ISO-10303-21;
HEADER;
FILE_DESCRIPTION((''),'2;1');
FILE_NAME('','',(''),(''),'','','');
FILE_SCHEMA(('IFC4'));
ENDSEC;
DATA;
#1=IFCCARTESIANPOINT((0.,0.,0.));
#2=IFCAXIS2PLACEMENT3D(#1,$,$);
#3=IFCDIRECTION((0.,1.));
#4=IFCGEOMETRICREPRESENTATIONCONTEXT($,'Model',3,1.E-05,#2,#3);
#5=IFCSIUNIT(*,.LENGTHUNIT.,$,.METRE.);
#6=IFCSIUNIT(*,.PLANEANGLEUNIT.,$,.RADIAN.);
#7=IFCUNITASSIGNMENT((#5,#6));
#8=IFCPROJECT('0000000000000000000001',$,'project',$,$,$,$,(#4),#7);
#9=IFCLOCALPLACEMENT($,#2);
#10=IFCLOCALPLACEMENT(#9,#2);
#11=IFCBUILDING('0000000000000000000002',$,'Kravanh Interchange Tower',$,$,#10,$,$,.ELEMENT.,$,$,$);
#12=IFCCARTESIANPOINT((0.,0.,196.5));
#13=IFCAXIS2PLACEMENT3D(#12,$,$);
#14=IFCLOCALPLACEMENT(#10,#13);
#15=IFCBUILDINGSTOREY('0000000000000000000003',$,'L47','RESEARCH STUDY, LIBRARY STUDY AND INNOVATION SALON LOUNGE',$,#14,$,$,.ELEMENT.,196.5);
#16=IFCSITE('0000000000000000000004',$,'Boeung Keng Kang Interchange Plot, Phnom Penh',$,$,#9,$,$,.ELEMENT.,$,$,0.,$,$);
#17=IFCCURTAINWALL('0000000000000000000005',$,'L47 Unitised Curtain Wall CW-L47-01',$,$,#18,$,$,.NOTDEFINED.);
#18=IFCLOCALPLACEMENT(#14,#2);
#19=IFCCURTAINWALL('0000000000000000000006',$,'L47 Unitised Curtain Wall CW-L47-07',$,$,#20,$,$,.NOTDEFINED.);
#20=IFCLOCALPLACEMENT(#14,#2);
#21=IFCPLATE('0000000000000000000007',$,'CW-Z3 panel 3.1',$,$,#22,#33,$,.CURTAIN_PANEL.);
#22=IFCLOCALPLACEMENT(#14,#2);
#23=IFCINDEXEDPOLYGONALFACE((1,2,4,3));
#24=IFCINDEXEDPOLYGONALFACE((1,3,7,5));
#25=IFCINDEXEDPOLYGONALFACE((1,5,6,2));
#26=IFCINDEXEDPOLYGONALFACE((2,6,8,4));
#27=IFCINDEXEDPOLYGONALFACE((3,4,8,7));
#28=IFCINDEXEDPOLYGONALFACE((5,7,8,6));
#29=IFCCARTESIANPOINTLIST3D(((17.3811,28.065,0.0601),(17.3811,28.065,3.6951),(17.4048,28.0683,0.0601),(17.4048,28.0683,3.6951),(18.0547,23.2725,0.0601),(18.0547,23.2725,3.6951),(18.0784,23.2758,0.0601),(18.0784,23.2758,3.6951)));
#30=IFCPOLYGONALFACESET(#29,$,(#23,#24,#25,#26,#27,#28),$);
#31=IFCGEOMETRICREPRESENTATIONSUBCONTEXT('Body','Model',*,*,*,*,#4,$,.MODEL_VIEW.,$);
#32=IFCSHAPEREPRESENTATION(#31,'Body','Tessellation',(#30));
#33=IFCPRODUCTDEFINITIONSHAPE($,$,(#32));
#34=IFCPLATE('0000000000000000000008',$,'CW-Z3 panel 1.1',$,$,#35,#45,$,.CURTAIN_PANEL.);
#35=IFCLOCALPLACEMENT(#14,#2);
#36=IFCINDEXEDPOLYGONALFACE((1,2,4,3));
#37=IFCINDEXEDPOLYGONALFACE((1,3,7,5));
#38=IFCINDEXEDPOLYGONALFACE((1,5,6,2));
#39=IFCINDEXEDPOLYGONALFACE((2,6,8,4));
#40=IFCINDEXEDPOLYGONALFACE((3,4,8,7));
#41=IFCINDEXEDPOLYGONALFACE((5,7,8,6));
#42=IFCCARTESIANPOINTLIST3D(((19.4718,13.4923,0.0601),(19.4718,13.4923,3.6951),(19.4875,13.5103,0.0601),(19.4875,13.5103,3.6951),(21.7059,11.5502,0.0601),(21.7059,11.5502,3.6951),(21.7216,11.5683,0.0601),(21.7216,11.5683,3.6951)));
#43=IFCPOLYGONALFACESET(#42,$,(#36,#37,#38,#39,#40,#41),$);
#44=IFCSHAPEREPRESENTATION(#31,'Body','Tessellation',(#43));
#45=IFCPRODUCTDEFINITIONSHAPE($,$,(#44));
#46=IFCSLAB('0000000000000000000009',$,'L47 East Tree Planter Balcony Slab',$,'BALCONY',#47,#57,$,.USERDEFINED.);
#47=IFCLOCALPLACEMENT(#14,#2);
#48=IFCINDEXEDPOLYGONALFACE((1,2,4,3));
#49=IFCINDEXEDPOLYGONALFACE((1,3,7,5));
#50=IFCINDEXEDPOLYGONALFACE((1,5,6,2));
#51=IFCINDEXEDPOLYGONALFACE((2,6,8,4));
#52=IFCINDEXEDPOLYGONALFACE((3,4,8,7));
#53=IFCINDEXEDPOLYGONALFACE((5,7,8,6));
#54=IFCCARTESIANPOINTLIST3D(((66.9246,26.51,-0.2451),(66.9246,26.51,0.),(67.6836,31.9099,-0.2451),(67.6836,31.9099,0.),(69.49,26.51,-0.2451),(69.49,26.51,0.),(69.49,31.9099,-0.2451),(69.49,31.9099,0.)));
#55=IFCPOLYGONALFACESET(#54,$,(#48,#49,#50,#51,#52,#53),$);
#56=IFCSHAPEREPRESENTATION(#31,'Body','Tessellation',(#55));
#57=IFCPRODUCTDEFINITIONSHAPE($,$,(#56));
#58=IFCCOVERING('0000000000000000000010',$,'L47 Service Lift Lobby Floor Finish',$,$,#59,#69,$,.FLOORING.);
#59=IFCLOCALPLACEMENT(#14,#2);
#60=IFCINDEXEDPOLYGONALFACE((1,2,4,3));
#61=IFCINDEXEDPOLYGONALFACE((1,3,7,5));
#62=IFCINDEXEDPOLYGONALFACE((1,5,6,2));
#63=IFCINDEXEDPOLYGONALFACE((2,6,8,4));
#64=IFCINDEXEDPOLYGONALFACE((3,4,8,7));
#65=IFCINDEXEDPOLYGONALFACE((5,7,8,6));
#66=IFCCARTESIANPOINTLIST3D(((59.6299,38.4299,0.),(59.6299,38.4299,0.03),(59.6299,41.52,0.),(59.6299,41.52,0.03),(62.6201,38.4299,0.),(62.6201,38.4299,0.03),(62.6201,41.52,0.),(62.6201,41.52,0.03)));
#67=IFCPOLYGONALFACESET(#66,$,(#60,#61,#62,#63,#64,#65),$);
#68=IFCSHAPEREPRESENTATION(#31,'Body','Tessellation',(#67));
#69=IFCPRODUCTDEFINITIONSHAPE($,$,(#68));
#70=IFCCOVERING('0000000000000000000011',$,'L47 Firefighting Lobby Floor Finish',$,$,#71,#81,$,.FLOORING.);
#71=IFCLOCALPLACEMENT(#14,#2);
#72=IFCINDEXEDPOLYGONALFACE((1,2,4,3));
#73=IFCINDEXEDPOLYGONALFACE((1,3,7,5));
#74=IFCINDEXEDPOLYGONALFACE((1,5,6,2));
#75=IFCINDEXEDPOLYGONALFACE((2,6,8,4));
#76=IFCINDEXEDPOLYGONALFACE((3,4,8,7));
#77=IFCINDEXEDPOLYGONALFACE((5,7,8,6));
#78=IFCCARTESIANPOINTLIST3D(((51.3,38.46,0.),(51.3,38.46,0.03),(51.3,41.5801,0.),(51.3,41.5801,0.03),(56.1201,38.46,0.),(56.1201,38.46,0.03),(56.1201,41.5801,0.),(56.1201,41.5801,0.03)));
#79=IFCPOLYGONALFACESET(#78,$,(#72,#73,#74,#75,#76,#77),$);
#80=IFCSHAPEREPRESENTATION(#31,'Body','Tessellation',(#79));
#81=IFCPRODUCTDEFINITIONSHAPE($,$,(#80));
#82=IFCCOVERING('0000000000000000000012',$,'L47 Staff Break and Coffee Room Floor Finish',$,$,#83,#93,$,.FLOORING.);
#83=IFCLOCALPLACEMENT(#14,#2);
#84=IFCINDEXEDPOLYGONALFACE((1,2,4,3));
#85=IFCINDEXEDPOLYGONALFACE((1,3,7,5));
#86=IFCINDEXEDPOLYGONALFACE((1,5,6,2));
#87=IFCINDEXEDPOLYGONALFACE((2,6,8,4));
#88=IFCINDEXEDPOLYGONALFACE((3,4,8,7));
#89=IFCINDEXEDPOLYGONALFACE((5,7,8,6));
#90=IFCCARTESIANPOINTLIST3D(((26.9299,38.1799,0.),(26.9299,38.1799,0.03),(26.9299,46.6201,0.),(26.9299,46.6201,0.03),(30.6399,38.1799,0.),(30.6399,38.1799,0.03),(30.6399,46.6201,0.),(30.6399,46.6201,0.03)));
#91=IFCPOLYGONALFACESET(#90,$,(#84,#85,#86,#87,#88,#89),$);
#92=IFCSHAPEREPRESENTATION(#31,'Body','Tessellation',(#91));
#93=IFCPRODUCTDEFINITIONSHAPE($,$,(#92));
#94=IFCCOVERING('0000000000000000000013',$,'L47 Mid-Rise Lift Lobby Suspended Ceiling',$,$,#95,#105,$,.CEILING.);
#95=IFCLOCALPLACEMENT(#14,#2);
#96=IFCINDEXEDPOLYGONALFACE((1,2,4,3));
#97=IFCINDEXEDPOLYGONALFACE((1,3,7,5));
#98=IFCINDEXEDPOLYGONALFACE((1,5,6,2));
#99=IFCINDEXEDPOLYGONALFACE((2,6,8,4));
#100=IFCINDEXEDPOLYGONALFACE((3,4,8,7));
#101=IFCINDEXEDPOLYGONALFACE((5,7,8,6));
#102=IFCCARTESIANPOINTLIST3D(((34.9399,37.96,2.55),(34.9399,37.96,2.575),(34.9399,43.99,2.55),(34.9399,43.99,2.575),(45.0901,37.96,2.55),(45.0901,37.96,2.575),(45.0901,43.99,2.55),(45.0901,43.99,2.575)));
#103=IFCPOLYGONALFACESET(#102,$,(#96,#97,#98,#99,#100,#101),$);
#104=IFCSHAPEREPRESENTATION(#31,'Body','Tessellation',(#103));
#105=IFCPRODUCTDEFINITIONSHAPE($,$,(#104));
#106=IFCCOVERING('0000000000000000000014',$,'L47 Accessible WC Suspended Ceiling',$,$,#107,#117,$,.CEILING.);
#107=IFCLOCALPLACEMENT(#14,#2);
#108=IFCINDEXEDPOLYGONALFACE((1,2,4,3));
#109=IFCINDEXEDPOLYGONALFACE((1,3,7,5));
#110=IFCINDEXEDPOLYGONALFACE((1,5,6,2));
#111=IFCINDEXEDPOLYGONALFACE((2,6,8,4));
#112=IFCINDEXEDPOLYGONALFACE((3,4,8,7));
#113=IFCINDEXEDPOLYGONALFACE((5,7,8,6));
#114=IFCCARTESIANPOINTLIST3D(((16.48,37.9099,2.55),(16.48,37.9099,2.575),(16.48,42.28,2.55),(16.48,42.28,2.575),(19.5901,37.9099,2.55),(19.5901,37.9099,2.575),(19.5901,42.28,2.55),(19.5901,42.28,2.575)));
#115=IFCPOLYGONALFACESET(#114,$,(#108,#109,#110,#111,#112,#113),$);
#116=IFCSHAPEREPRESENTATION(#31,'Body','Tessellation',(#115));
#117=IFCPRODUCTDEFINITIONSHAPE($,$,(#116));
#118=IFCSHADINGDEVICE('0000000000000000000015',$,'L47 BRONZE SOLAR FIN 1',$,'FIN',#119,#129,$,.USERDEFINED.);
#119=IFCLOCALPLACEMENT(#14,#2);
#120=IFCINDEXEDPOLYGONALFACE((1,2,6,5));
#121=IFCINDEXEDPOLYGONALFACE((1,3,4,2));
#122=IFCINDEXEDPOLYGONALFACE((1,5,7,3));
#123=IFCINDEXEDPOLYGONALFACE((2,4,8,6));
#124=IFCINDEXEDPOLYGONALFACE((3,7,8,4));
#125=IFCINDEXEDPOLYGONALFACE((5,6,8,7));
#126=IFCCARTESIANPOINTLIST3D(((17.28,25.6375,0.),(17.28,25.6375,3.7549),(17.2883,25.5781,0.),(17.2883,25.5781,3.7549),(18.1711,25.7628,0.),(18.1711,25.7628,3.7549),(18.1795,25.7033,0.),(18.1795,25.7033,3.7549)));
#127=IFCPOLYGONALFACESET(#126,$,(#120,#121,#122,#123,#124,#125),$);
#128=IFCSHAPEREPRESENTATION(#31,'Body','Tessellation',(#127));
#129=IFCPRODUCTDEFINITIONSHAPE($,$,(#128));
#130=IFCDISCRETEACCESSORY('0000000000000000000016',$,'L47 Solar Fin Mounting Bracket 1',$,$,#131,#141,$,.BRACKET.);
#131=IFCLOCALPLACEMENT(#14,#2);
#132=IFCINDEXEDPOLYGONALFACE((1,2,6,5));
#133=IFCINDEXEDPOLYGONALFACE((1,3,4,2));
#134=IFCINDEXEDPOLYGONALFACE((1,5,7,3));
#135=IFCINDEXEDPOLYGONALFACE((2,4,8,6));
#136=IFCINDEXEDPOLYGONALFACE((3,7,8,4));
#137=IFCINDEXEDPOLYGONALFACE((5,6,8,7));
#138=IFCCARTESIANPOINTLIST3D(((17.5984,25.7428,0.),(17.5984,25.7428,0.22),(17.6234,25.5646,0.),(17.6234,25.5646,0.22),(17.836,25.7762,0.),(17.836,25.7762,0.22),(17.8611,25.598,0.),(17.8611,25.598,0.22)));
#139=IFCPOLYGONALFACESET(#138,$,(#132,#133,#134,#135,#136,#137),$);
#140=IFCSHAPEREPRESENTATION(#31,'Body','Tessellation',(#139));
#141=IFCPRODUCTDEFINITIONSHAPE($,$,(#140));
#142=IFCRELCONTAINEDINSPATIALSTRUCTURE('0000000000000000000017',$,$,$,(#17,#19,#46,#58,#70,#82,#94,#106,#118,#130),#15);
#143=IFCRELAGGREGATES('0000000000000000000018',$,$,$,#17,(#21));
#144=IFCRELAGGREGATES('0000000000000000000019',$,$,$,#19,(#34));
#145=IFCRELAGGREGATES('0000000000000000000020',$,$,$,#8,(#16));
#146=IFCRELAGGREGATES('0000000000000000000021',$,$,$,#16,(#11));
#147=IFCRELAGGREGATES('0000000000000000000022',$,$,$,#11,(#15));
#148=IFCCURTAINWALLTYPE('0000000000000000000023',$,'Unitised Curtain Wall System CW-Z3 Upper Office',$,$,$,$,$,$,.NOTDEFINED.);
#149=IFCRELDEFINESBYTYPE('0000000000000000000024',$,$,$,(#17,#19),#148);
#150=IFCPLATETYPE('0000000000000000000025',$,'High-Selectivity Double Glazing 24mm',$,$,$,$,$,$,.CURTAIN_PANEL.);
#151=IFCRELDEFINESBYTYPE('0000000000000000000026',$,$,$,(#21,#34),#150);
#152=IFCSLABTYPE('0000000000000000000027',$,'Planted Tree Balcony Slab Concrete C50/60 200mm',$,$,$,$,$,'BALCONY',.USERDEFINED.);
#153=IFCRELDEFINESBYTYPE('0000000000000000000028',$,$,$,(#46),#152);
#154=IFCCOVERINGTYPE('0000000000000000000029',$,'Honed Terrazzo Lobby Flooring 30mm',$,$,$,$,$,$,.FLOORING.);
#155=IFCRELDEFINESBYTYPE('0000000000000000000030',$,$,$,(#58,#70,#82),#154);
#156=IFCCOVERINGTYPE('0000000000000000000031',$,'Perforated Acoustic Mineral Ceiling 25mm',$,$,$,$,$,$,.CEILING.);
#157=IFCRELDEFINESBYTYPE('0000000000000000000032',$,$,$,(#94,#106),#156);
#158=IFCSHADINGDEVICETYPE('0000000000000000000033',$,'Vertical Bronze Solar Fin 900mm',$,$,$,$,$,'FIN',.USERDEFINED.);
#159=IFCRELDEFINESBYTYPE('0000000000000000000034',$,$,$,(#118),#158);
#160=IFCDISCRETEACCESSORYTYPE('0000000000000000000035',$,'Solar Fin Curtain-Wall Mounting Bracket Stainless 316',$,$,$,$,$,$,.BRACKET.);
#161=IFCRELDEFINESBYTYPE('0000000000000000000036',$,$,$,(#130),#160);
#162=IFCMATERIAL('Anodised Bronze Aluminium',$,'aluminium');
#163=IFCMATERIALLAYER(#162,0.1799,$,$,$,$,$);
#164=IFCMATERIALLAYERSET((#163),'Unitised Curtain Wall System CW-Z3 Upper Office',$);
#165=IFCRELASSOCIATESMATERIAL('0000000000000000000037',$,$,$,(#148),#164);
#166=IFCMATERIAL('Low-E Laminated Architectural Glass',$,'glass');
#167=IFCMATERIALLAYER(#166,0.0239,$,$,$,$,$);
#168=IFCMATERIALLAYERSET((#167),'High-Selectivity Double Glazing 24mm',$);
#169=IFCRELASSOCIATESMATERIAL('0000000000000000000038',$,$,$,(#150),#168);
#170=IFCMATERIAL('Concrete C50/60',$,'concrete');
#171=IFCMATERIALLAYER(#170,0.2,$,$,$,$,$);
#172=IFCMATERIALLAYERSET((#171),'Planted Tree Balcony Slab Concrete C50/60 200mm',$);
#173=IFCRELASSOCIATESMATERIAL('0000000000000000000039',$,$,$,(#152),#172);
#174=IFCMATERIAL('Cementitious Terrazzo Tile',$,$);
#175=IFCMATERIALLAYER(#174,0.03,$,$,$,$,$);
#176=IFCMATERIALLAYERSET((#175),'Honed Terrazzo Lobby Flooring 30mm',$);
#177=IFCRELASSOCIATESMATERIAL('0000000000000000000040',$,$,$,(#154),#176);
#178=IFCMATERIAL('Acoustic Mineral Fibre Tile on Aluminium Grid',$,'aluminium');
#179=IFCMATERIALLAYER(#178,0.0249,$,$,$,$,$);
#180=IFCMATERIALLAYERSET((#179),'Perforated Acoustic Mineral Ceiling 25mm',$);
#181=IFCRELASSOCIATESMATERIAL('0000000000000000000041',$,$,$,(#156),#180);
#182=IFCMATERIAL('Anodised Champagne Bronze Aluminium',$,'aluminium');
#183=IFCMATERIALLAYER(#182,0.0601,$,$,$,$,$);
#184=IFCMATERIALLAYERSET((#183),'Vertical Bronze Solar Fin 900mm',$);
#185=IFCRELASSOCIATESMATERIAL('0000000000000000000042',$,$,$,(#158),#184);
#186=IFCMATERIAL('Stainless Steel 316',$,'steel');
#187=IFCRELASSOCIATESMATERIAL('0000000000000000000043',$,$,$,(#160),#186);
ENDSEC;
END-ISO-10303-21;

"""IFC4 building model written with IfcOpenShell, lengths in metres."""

from ifc_helpers import new_model, si_unit, direction, frame, origin, origin_2d, place, context, subcontext, project, spatial, polyline, rectangle, outline, extrude, material, layer, layer_set, type_object, element, aggregate, save


model = new_model("IFC4")

# Units and contexts
model_context = context("Model", 3, precision=1e-05, world=origin(), true_north=direction((0.0, 1.0)))
body_context = subcontext(model_context, "Body", "Model", "MODEL_VIEW")
ifc_project = project(units=[si_unit("LENGTHUNIT", "METRE"), si_unit("PLANEANGLEUNIT", "RADIAN")], contexts=[model_context])

# Site, building, storey
site_placement = place(None, origin())
site = spatial("IfcSite", under=ifc_project, at=site_placement, Name="Boeung Keng Kang Interchange Plot, Phnom Penh", CompositionType="ELEMENT", RefElevation=0.0)
building_placement = place(site_placement, origin())
building = spatial("IfcBuilding", under=site, at=building_placement, Name="Kravanh Interchange Tower", CompositionType="ELEMENT")
storey_placement = place(building_placement, frame((0.0, 0.0, 196.5)))
storey = spatial("IfcBuildingStorey", under=building, at=storey_placement, Name="L47", Description="RESEARCH STUDY, LIBRARY STUDY AND INNOVATION SALON LOUNGE", CompositionType="ELEMENT", Elevation=196.5)

# Curtain wall
ifc_material_1 = material(Name="Anodised Bronze Aluminium", Category="aluminium")
ifc_layer_1 = layer(ifc_material_1, 0.1799)
ifc_layer_set_1 = layer_set([ifc_layer_1], Name="Unitised Curtain Wall System CW-Z3 Upper Office")
curtain_wall_type = type_object("IfcCurtainWallType", Name="Unitised Curtain Wall System CW-Z3 Upper Office", PredefinedType="NOTDEFINED", material=ifc_layer_set_1)
curtain_wall_1_placement = place(storey_placement, origin())
curtain_wall_1 = element("IfcCurtainWall", 1, at=curtain_wall_1_placement, inside=storey, type_object=curtain_wall_type, Name="L47 Unitised Curtain Wall CW-L47-01", PredefinedType="NOTDEFINED")

# Curtain wall
curtain_wall_2_placement = place(storey_placement, origin())
curtain_wall_2 = element("IfcCurtainWall", 2, at=curtain_wall_2_placement, inside=storey, type_object=curtain_wall_type, Name="L47 Unitised Curtain Wall CW-L47-07", PredefinedType="NOTDEFINED")

# Plates
ifc_material_2 = material(Name="Low-E Laminated Architectural Glass", Category="glass")
ifc_layer_2 = layer(ifc_material_2, 0.0239)
ifc_layer_set_2 = layer_set([ifc_layer_2], Name="High-Selectivity Double Glazing 24mm")
plate_type = type_object("IfcPlateType", Name="High-Selectivity Double Glazing 24mm", PredefinedType="CURTAIN_PANEL", material=ifc_layer_set_2)
plate_1_placement = place(storey_placement, frame((17.7297, 25.6704, 0.0601), z_axis=(0.0, 0.0, 1.0), x_axis=(-0.139172, 0.990268, 0.0)))
plate_1 = element("IfcPlate", 3, at=plate_1_placement, type_object=plate_type, Name="CW-Z3 panel 3.1", PredefinedType="CURTAIN_PANEL", context=body_context, shape_type="SweptSolid", body=[
    extrude(rectangle(XDim=4.8396, YDim=0.0239, at=origin_2d()), origin(), (0.0, 0.0, 1.0), 3.635),
])
aggregate(curtain_wall_1, [plate_1])
plate_2_placement = place(storey_placement, frame((20.5967, 12.5303, 0.0601), z_axis=(0.0, 0.0, 1.0), x_axis=(-0.754717, 0.656051, 0.0)))
plate_2 = element("IfcPlate", 4, at=plate_2_placement, type_object=plate_type, Name="CW-Z3 panel 1.1", PredefinedType="CURTAIN_PANEL", context=body_context, shape_type="SweptSolid", body=[
    extrude(rectangle(XDim=2.9602, YDim=0.0239, at=origin_2d()), origin(), (0.0, 0.0, 1.0), 3.635),
])
aggregate(curtain_wall_2, [plate_2])

# Slab
ifc_material_3 = material(Name="Concrete C50/60", Category="concrete")
ifc_layer_3 = layer(ifc_material_3, 0.2)
ifc_layer_set_3 = layer_set([ifc_layer_3], Name="Planted Tree Balcony Slab Concrete C50/60 200mm")
slab_type_1 = type_object("IfcSlabType", Name="Planted Tree Balcony Slab Concrete C50/60 200mm", ElementType="BALCONY", PredefinedType="USERDEFINED", material=ifc_layer_set_3)
slab_1_placement = place(storey_placement, frame((0.0, 0.0, -0.2451)))
element("IfcSlab", 5, at=slab_1_placement, inside=storey, type_object=slab_type_1, Name="L47 East Tree Planter Balcony Slab", ObjectType="BALCONY", PredefinedType="USERDEFINED", context=body_context, shape_type="SweptSolid", body=[
    extrude(outline(polyline([(69.49, 31.9099), (69.49, 26.51), (66.9246, 26.51), (67.6836, 31.9099), (69.49, 31.9099)])), origin(), (0.0, 0.0, 1.0), 0.2451),
])

# Coverings
ifc_material_4 = material(Name="Cementitious Terrazzo Tile")
ifc_layer_4 = layer(ifc_material_4, 0.03)
ifc_layer_set_4 = layer_set([ifc_layer_4], Name="Honed Terrazzo Lobby Flooring 30mm")
covering_type_1 = type_object("IfcCoveringType", Name="Honed Terrazzo Lobby Flooring 30mm", PredefinedType="FLOORING", material=ifc_layer_set_4)
covering_1_placement = place(storey_placement, origin())
element("IfcCovering", 6, at=covering_1_placement, inside=storey, type_object=covering_type_1, Name="L47 Service Lift Lobby Floor Finish", PredefinedType="FLOORING", context=body_context, shape_type="SweptSolid", body=[
    extrude(outline(polyline([(59.6299, 41.52), (62.6201, 41.52), (62.6201, 38.4299), (59.6299, 38.4299), (59.6299, 41.52)])), origin(), (0.0, 0.0, 1.0), 0.03),
])
covering_2_placement = place(storey_placement, origin())
element("IfcCovering", 7, at=covering_2_placement, inside=storey, type_object=covering_type_1, Name="L47 Firefighting Lobby Floor Finish", PredefinedType="FLOORING", context=body_context, shape_type="SweptSolid", body=[
    extrude(outline(polyline([(56.1201, 38.46), (51.3, 38.46), (51.3, 41.5801), (56.1201, 41.5801), (56.1201, 38.46)])), origin(), (0.0, 0.0, 1.0), 0.03),
])
covering_3_placement = place(storey_placement, origin())
element("IfcCovering", 8, at=covering_3_placement, inside=storey, type_object=covering_type_1, Name="L47 Staff Break and Coffee Room Floor Finish", PredefinedType="FLOORING", context=body_context, shape_type="SweptSolid", body=[
    extrude(outline(polyline([(26.9299, 46.6201), (30.6399, 46.6201), (30.6399, 38.1799), (26.9299, 38.1799), (26.9299, 46.6201)])), origin(), (0.0, 0.0, 1.0), 0.03),
])
ifc_material_5 = material(Name="Acoustic Mineral Fibre Tile on Aluminium Grid", Category="aluminium")
ifc_layer_5 = layer(ifc_material_5, 0.0249)
ifc_layer_set_5 = layer_set([ifc_layer_5], Name="Perforated Acoustic Mineral Ceiling 25mm")
covering_type_2 = type_object("IfcCoveringType", Name="Perforated Acoustic Mineral Ceiling 25mm", PredefinedType="CEILING", material=ifc_layer_set_5)
covering_4_placement = place(storey_placement, frame((0.0, 0.0, 2.55)))
element("IfcCovering", 9, at=covering_4_placement, inside=storey, type_object=covering_type_2, Name="L47 Mid-Rise Lift Lobby Suspended Ceiling", PredefinedType="CEILING", context=body_context, shape_type="SweptSolid", body=[
    extrude(outline(polyline([(45.0901, 37.96), (34.9399, 37.96), (34.9399, 43.99), (45.0901, 43.99), (45.0901, 37.96)])), origin(), (0.0, 0.0, 1.0), 0.0249),
])
covering_5_placement = place(storey_placement, frame((0.0, 0.0, 2.55)))
element("IfcCovering", 10, at=covering_5_placement, inside=storey, type_object=covering_type_2, Name="L47 Accessible WC Suspended Ceiling", PredefinedType="CEILING", context=body_context, shape_type="SweptSolid", body=[
    extrude(outline(polyline([(19.5901, 42.28), (19.5901, 37.9099), (16.48, 37.9099), (16.48, 42.28), (19.5901, 42.28)])), origin(), (0.0, 0.0, 1.0), 0.0249),
])

# Shading device
ifc_material_6 = material(Name="Anodised Champagne Bronze Aluminium", Category="aluminium")
ifc_layer_6 = layer(ifc_material_6, 0.0601)
ifc_layer_set_6 = layer_set([ifc_layer_6], Name="Vertical Bronze Solar Fin 900mm")
shading_device_type = type_object("IfcShadingDeviceType", Name="Vertical Bronze Solar Fin 900mm", ElementType="FIN", PredefinedType="USERDEFINED", material=ifc_layer_set_6)
shading_device_placement = place(storey_placement, frame((17.7297, 25.6704, 0.0), z_axis=(0.0, 0.0, 1.0), x_axis=(-0.990268, -0.139172, 0.0)))
element("IfcShadingDevice", 11, at=shading_device_placement, inside=storey, type_object=shading_device_type, Name="L47 BRONZE SOLAR FIN 1", ObjectType="FIN", PredefinedType="USERDEFINED", context=body_context, shape_type="SweptSolid", body=[
    extrude(rectangle(XDim=0.8999, YDim=0.0601, at=origin_2d()), origin(), (0.0, 0.0, 1.0), 3.7549),
])

# Discrete accessory
ifc_material_7 = material(Name="Stainless Steel 316", Category="steel")
discrete_accessory_type = type_object("IfcDiscreteAccessoryType", Name="Solar Fin Curtain-Wall Mounting Bracket Stainless 316", PredefinedType="BRACKET", material=ifc_material_7)
discrete_accessory_placement = place(storey_placement, frame((17.7297, 25.6704, 0.0), z_axis=(0.0, 0.0, 1.0), x_axis=(-0.990268, -0.139172, 0.0)))
element("IfcDiscreteAccessory", 12, at=discrete_accessory_placement, inside=storey, type_object=discrete_accessory_type, Name="L47 Solar Fin Mounting Bracket 1", PredefinedType="BRACKET", context=body_context, shape_type="SweptSolid", body=[
    extrude(rectangle(XDim=0.24, YDim=0.1799, at=origin_2d()), origin(), (0.0, 0.0, 1.0), 0.22),
])

save(model, "model.ifc")
